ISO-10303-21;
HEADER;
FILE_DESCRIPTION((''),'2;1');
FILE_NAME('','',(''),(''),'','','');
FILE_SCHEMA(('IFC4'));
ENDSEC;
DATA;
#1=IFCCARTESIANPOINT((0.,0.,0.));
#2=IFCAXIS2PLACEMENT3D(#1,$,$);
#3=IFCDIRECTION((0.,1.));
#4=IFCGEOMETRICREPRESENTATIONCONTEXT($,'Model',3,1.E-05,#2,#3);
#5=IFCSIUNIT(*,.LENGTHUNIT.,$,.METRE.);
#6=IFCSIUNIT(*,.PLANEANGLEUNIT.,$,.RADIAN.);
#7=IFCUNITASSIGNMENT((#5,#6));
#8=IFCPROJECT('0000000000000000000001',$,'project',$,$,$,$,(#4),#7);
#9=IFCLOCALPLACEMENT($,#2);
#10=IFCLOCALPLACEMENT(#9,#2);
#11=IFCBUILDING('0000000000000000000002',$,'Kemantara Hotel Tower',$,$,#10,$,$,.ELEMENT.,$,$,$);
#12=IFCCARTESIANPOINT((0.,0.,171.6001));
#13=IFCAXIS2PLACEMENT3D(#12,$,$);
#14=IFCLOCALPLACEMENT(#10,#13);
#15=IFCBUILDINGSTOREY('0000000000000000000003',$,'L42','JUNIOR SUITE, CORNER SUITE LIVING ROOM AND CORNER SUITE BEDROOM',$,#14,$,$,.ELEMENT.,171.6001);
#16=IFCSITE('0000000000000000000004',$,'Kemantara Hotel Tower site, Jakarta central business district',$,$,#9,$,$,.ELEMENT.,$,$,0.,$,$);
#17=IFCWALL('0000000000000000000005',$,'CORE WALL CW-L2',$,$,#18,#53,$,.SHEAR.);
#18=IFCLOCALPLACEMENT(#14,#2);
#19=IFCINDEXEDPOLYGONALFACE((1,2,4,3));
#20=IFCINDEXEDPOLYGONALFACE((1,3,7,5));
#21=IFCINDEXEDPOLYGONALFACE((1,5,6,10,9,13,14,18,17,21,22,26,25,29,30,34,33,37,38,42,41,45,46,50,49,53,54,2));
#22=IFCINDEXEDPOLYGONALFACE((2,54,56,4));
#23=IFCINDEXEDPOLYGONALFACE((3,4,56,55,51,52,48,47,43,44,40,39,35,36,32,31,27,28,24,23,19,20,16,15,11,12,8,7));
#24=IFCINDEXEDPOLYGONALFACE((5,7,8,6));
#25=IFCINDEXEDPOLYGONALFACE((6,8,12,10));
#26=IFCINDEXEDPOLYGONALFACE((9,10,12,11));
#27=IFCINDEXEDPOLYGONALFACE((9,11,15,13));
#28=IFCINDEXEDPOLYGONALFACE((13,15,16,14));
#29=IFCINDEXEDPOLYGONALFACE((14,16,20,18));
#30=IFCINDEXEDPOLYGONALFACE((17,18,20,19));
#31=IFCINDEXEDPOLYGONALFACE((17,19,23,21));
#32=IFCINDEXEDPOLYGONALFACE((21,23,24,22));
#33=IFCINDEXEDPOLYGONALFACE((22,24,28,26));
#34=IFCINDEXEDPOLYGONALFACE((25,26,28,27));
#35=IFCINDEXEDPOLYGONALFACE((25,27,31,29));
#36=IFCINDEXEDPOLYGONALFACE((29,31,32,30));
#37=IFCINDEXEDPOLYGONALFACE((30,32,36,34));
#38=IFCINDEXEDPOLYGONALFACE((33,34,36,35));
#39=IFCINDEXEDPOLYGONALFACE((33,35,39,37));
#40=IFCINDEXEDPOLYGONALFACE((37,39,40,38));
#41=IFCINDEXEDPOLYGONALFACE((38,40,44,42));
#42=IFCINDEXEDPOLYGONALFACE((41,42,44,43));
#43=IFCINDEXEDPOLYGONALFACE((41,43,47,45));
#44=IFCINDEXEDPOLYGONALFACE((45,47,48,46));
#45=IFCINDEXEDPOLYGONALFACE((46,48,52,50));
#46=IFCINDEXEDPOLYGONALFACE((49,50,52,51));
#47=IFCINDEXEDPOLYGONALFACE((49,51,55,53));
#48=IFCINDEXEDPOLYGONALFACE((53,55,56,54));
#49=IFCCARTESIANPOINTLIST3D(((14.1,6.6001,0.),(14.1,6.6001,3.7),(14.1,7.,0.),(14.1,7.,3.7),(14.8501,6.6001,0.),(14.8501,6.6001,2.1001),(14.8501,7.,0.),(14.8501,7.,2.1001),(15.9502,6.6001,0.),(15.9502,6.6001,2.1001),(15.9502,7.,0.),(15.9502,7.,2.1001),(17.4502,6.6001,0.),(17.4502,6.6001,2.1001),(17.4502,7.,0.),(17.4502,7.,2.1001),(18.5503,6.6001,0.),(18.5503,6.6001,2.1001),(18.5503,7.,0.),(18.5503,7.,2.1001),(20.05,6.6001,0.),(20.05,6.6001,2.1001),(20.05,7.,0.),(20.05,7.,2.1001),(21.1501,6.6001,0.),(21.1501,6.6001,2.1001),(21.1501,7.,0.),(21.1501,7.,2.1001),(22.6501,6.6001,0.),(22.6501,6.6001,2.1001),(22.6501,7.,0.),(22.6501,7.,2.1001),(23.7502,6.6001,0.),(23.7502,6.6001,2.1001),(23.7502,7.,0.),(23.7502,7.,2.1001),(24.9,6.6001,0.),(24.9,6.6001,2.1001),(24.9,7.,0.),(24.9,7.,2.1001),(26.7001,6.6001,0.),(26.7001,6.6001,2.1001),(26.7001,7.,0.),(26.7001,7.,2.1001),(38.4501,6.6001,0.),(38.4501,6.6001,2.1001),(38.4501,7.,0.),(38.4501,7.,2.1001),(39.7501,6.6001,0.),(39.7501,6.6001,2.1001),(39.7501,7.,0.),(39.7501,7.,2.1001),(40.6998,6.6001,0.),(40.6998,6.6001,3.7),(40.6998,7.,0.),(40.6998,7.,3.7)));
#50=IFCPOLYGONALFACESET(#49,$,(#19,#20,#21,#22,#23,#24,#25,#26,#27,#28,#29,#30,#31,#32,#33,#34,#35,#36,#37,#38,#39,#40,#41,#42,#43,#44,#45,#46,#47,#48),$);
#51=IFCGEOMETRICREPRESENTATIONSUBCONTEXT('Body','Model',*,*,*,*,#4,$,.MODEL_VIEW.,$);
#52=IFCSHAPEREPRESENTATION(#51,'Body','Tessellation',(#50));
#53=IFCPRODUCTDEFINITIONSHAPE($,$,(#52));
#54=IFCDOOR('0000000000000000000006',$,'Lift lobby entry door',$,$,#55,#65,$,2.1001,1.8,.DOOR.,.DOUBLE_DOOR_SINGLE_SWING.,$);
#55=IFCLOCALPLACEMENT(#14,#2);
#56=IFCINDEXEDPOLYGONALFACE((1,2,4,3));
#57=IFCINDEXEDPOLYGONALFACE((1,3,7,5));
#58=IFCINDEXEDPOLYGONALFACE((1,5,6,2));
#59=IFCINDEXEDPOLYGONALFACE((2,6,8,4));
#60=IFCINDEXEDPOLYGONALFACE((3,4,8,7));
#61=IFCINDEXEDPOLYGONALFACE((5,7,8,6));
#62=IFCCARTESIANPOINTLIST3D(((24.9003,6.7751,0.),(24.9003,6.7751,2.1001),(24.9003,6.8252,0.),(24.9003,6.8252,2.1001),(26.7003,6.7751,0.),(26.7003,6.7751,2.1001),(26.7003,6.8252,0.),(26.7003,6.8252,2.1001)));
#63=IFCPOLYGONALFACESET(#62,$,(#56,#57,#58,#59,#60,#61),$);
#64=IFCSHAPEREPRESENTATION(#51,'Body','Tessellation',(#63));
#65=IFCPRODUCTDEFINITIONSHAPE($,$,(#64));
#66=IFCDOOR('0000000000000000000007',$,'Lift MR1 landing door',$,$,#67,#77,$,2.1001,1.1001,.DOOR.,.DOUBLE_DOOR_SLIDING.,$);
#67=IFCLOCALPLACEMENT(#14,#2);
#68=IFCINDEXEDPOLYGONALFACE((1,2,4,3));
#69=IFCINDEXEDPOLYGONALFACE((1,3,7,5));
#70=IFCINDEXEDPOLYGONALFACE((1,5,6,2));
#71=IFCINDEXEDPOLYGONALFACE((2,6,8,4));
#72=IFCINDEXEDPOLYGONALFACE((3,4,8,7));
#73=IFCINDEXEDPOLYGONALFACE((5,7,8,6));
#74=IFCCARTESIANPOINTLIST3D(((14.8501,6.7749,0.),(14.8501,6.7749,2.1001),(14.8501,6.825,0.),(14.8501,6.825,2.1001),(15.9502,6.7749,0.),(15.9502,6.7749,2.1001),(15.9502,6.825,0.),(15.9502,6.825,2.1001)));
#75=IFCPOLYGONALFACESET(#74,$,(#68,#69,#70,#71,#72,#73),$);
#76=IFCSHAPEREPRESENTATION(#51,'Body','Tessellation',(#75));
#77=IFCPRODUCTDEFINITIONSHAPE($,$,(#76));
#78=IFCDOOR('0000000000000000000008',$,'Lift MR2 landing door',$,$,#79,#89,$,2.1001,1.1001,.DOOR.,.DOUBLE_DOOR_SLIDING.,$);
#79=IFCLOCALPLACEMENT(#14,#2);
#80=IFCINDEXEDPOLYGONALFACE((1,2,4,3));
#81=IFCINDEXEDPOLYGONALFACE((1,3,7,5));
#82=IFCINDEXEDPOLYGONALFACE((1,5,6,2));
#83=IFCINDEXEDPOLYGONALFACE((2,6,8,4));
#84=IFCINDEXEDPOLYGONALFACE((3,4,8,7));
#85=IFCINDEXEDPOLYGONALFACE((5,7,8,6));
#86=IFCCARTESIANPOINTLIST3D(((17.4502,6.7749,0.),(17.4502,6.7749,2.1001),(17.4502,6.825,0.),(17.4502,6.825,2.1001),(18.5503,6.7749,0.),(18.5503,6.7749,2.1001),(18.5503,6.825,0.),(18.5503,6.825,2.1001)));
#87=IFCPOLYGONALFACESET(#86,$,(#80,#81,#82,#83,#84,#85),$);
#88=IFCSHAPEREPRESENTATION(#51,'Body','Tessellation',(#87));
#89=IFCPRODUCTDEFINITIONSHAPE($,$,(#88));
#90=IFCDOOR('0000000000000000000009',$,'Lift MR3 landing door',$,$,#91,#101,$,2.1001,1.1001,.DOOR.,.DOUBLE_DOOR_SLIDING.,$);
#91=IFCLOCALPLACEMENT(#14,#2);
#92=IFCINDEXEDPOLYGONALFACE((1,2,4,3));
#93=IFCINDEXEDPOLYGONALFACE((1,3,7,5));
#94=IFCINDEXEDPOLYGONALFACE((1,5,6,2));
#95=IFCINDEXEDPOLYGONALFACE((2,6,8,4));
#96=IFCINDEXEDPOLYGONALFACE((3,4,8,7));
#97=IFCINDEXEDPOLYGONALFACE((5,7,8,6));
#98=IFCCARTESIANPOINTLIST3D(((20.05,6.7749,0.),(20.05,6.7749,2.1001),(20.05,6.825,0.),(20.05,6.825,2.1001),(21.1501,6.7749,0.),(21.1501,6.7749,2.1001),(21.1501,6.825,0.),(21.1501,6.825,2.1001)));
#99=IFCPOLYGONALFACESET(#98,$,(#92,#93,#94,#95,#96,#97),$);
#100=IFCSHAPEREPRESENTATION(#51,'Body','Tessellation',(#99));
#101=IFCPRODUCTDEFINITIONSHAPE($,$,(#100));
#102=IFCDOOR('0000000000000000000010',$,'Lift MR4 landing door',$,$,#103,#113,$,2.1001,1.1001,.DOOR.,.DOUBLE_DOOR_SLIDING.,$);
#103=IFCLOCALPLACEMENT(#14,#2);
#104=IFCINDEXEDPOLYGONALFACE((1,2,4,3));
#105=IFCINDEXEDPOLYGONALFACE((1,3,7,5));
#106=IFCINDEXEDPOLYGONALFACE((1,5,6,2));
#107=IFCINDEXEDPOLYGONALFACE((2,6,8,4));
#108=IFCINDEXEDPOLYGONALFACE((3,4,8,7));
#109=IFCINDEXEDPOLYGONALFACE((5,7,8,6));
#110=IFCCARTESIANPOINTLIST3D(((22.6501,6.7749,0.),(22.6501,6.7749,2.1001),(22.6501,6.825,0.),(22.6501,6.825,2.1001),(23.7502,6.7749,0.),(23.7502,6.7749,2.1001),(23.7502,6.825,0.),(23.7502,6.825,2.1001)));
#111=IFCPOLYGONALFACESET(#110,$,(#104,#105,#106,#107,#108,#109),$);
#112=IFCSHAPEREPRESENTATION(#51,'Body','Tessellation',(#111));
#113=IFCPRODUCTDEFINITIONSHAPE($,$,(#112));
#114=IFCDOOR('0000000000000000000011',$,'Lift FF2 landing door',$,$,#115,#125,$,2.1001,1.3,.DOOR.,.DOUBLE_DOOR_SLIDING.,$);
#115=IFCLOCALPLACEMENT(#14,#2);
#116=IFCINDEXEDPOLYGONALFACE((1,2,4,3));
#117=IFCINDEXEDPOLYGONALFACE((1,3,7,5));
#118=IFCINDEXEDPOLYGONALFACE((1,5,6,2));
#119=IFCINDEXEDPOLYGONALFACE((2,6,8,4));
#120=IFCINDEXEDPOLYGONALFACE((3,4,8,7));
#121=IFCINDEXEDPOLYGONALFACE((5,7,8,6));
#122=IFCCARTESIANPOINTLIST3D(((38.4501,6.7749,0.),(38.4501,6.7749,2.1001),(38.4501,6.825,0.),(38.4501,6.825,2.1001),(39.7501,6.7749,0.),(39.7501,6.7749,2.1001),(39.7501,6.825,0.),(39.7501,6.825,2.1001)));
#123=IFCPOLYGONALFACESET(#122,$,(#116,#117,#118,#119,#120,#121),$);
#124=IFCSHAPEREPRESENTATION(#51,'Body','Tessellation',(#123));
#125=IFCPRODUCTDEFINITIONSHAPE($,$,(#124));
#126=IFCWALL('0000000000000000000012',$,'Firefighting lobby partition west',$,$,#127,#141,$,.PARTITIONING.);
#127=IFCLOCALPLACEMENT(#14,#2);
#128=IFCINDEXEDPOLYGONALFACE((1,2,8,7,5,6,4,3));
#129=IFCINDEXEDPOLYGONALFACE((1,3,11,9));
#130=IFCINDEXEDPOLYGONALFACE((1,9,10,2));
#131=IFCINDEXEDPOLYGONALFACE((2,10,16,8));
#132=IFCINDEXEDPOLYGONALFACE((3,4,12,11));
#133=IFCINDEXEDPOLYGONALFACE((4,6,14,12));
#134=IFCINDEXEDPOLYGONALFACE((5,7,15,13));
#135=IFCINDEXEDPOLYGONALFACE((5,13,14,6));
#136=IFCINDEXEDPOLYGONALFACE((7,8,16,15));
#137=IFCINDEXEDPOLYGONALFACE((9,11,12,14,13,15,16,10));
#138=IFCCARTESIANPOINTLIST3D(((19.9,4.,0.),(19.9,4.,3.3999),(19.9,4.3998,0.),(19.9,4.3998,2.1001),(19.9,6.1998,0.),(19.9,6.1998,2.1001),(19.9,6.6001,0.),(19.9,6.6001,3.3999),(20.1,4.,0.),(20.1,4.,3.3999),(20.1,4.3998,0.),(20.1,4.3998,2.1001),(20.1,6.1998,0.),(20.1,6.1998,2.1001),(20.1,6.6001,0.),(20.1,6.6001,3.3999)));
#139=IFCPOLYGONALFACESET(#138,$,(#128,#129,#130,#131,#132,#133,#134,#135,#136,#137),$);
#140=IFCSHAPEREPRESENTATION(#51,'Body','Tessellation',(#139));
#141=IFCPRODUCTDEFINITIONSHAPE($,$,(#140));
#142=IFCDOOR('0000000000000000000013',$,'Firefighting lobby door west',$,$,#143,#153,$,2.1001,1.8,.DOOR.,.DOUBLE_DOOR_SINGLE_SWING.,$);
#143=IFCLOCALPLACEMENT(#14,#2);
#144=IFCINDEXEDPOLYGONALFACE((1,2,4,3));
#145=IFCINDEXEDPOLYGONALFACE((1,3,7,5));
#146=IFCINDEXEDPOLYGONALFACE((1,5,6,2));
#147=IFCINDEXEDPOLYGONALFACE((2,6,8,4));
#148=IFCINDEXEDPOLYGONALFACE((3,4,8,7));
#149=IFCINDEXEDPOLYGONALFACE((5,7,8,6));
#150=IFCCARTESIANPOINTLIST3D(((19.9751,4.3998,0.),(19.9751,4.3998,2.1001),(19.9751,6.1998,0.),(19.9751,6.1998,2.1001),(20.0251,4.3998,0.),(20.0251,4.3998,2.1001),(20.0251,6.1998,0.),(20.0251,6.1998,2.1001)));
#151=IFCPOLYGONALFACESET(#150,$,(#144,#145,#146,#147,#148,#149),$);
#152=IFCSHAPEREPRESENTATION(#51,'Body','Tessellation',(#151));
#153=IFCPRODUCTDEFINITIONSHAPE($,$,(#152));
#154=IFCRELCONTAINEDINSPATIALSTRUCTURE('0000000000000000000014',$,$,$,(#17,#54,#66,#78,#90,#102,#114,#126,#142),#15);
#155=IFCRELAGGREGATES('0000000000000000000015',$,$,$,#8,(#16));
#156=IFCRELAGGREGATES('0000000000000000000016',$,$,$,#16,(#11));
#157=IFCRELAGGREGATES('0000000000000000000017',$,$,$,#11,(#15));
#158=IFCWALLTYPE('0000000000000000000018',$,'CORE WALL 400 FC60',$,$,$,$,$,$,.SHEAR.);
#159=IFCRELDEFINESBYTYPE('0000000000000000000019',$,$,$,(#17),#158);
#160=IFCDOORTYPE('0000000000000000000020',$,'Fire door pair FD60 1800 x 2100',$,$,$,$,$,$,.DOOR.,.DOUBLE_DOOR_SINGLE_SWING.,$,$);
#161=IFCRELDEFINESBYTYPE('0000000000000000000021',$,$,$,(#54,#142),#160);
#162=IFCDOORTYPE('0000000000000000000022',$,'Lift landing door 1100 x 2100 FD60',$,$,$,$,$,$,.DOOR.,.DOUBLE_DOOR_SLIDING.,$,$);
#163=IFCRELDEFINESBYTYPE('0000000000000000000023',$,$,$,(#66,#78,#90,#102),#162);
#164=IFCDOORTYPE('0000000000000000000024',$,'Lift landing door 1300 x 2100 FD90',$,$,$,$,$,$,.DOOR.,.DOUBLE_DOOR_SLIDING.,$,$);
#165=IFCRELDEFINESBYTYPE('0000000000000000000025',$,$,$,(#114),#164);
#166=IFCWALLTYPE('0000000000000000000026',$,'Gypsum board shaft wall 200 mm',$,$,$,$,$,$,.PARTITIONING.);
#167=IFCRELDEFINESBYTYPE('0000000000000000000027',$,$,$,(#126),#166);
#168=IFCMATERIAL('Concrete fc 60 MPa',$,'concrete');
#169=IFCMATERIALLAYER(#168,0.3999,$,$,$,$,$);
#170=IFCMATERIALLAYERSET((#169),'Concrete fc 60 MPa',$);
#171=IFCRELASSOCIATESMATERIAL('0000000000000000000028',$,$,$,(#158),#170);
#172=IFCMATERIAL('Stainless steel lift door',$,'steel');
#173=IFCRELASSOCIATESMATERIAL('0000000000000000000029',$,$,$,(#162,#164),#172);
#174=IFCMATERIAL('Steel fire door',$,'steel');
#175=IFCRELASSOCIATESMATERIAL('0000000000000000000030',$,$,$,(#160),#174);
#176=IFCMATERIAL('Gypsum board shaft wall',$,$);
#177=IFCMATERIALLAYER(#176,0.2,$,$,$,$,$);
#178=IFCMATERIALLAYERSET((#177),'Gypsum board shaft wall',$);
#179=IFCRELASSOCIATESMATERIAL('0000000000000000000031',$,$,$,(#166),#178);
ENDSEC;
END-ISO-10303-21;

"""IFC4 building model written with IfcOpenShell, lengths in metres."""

from ifc_helpers import new_model, si_unit, direction, frame, frame_2d, origin, place, context, subcontext, project, spatial, rectangle, extrude, material, layer, layer_set, type_object, element, fill, save


model = new_model("IFC4")

# Units and contexts
model_context = context("Model", 3, precision=1e-05, world=origin(), true_north=direction((0.0, 1.0)))
body_context = subcontext(model_context, "Body", "Model", "MODEL_VIEW")
ifc_project = project(units=[si_unit("LENGTHUNIT", "METRE"), si_unit("PLANEANGLEUNIT", "RADIAN")], contexts=[model_context])

# Site, building, storey
site_placement = place(None, origin())
site = spatial("IfcSite", under=ifc_project, at=site_placement, Name="Kemantara Hotel Tower site, Jakarta central business district", CompositionType="ELEMENT", RefElevation=0.0)
building_placement = place(site_placement, origin())
building = spatial("IfcBuilding", under=site, at=building_placement, Name="Kemantara Hotel Tower", CompositionType="ELEMENT")
storey_placement = place(building_placement, frame((0.0, 0.0, 171.6001)))
storey = spatial("IfcBuildingStorey", under=building, at=storey_placement, Name="L42", Description="JUNIOR SUITE, CORNER SUITE LIVING ROOM AND CORNER SUITE BEDROOM", CompositionType="ELEMENT", Elevation=171.6001)

# Shared definitions
ifc_material_1 = material(Name="Concrete fc 60 MPa", Category="concrete")
ifc_layer_1 = layer(ifc_material_1, 0.3999)
ifc_layer_set_1 = layer_set([ifc_layer_1], Name="Concrete fc 60 MPa")
wall_type_1 = type_object("IfcWallType", Name="CORE WALL 400 FC60", PredefinedType="SHEAR", material=ifc_layer_set_1)

# Wall, openings, doors
ifc_material_2 = material(Name="Steel fire door", Category="steel")
ifc_material_3 = material(Name="Stainless steel lift door", Category="steel")
door_type_1 = type_object("IfcDoorType", Name="Lift landing door 1100 x 2100 FD60", OperationType="DOUBLE_DOOR_SLIDING", PredefinedType="DOOR", material=ifc_material_3)
door_type_2 = type_object("IfcDoorType", Name="Lift landing door 1300 x 2100 FD90", OperationType="DOUBLE_DOOR_SLIDING", PredefinedType="DOOR", material=ifc_material_3)
wall_1_placement = place(storey_placement, frame((14.1001, 6.8, 0.0), z_axis=(0.0, 0.0, 1.0), x_axis=(1.0, 0.0, 0.0)))
wall_1 = element("IfcWall", 1, at=wall_1_placement, inside=storey, type_object=wall_type_1, Name="CORE WALL CW-L2", PredefinedType="SHEAR", context=body_context, shape_type="SweptSolid", body=[
    extrude(rectangle(XDim=26.5999, YDim=0.3999, at=frame_2d((13.2998, 0.0))), origin(), (0.0, 0.0, 1.0), 3.7),
])
opening_1_placement = place(wall_1_placement, frame((10.8, 0.0, 0.0)))
opening_1 = element("IfcOpeningElement", 2, at=opening_1_placement, cuts=wall_1, PredefinedType="OPENING", context=body_context, shape_type="SweptSolid", body=[
    extrude(rectangle(XDim=1.8, YDim=2.1001, at=frame_2d((0.8999, 1.05))), frame((0.0, 0.21, 0.0), z_axis=(0.0, -1.0, 0.0), x_axis=(1.0, 0.0, 0.0)), (0.0, 0.0, 1.0), 0.4199),
])
opening_2_placement = place(wall_1_placement, frame((0.75, 0.0, 0.0)))
opening_2 = element("IfcOpeningElement", 3, at=opening_2_placement, cuts=wall_1, PredefinedType="OPENING", context=body_context, shape_type="SweptSolid", body=[
    extrude(rectangle(XDim=1.1001, YDim=2.1001, at=frame_2d((0.55, 1.05))), frame((0.0, 0.21, 0.0), z_axis=(0.0, -1.0, 0.0), x_axis=(1.0, 0.0, 0.0)), (0.0, 0.0, 1.0), 0.4199),
])
opening_3_placement = place(wall_1_placement, frame((3.3501, 0.0, 0.0)))
opening_3 = element("IfcOpeningElement", 4, at=opening_3_placement, cuts=wall_1, PredefinedType="OPENING", context=body_context, shape_type="SweptSolid", body=[
    extrude(rectangle(XDim=1.1001, YDim=2.1001, at=frame_2d((0.55, 1.05))), frame((0.0, 0.21, 0.0), z_axis=(0.0, -1.0, 0.0), x_axis=(1.0, 0.0, 0.0)), (0.0, 0.0, 1.0), 0.4199),
])
opening_4_placement = place(wall_1_placement, frame((5.95, 0.0, 0.0)))
opening_4 = element("IfcOpeningElement", 5, at=opening_4_placement, cuts=wall_1, PredefinedType="OPENING", context=body_context, shape_type="SweptSolid", body=[
    extrude(rectangle(XDim=1.1001, YDim=2.1001, at=frame_2d((0.55, 1.05))), frame((0.0, 0.21, 0.0), z_axis=(0.0, -1.0, 0.0), x_axis=(1.0, 0.0, 0.0)), (0.0, 0.0, 1.0), 0.4199),
])
opening_5_placement = place(wall_1_placement, frame((8.55, 0.0, 0.0)))
opening_5 = element("IfcOpeningElement", 6, at=opening_5_placement, cuts=wall_1, PredefinedType="OPENING", context=body_context, shape_type="SweptSolid", body=[
    extrude(rectangle(XDim=1.1001, YDim=2.1001, at=frame_2d((0.55, 1.05))), frame((0.0, 0.21, 0.0), z_axis=(0.0, -1.0, 0.0), x_axis=(1.0, 0.0, 0.0)), (0.0, 0.0, 1.0), 0.4199),
])
opening_6_placement = place(wall_1_placement, frame((24.3501, 0.0, 0.0)))
opening_6 = element("IfcOpeningElement", 7, at=opening_6_placement, cuts=wall_1, PredefinedType="OPENING", context=body_context, shape_type="SweptSolid", body=[
    extrude(rectangle(XDim=1.3, YDim=2.1001, at=frame_2d((0.6499, 1.05))), frame((0.0, 0.21, 0.0), z_axis=(0.0, -1.0, 0.0), x_axis=(1.0, 0.0, 0.0)), (0.0, 0.0, 1.0), 0.4199),
])
door_type_3 = type_object("IfcDoorType", Name="Fire door pair FD60 1800 x 2100", OperationType="DOUBLE_DOOR_SINGLE_SWING", PredefinedType="DOOR", material=ifc_material_2)
door_1_placement = place(opening_1_placement, frame((1.8, 0.0, 0.0), z_axis=(0.0, 0.0, 1.0), x_axis=(-1.0, 0.0, 0.0)))
door_1 = element("IfcDoor", 8, at=door_1_placement, inside=storey, type_object=door_type_3, Name="Lift lobby entry door", OperationType="DOUBLE_DOOR_SINGLE_SWING", OverallHeight=2.1001, OverallWidth=1.8, PredefinedType="DOOR", context=body_context, shape_type="SweptSolid", body=[
    extrude(rectangle(XDim=1.8, YDim=2.1001, at=frame_2d((0.8999, 1.05))), frame((0.0, 0.0249, 0.0), z_axis=(0.0, -1.0, 0.0), x_axis=(1.0, 0.0, 0.0)), (0.0, 0.0, 1.0), 0.05),
])
fill(opening_1, door_1)
door_2_placement = place(opening_2_placement, origin())
door_2 = element("IfcDoor", 9, at=door_2_placement, inside=storey, type_object=door_type_1, Name="Lift MR1 landing door", OperationType="DOUBLE_DOOR_SLIDING", OverallHeight=2.1001, OverallWidth=1.1001, PredefinedType="DOOR", context=body_context, shape_type="SweptSolid", body=[
    extrude(rectangle(XDim=1.1001, YDim=2.1001, at=frame_2d((0.55, 1.05))), frame((0.0, 0.0249, 0.0), z_axis=(0.0, -1.0, 0.0), x_axis=(1.0, 0.0, 0.0)), (0.0, 0.0, 1.0), 0.05),
])
fill(opening_2, door_2)
door_3_placement = place(opening_3_placement, origin())
door_3 = element("IfcDoor", 10, at=door_3_placement, inside=storey, type_object=door_type_1, Name="Lift MR2 landing door", OperationType="DOUBLE_DOOR_SLIDING", OverallHeight=2.1001, OverallWidth=1.1001, PredefinedType="DOOR", context=body_context, shape_type="SweptSolid", body=[
    extrude(rectangle(XDim=1.1001, YDim=2.1001, at=frame_2d((0.55, 1.05))), frame((0.0, 0.0249, 0.0), z_axis=(0.0, -1.0, 0.0), x_axis=(1.0, 0.0, 0.0)), (0.0, 0.0, 1.0), 0.05),
])
fill(opening_3, door_3)
door_4_placement = place(opening_4_placement, origin())
door_4 = element("IfcDoor", 11, at=door_4_placement, inside=storey, type_object=door_type_1, Name="Lift MR3 landing door", OperationType="DOUBLE_DOOR_SLIDING", OverallHeight=2.1001, OverallWidth=1.1001, PredefinedType="DOOR", context=body_context, shape_type="SweptSolid", body=[
    extrude(rectangle(XDim=1.1001, YDim=2.1001, at=frame_2d((0.55, 1.05))), frame((0.0, 0.0249, 0.0), z_axis=(0.0, -1.0, 0.0), x_axis=(1.0, 0.0, 0.0)), (0.0, 0.0, 1.0), 0.05),
])
fill(opening_4, door_4)
door_5_placement = place(opening_5_placement, origin())
door_5 = element("IfcDoor", 12, at=door_5_placement, inside=storey, type_object=door_type_1, Name="Lift MR4 landing door", OperationType="DOUBLE_DOOR_SLIDING", OverallHeight=2.1001, OverallWidth=1.1001, PredefinedType="DOOR", context=body_context, shape_type="SweptSolid", body=[
    extrude(rectangle(XDim=1.1001, YDim=2.1001, at=frame_2d((0.55, 1.05))), frame((0.0, 0.0249, 0.0), z_axis=(0.0, -1.0, 0.0), x_axis=(1.0, 0.0, 0.0)), (0.0, 0.0, 1.0), 0.05),
])
fill(opening_5, door_5)
door_6_placement = place(opening_6_placement, origin())
door_6 = element("IfcDoor", 13, at=door_6_placement, inside=storey, type_object=door_type_2, Name="Lift FF2 landing door", OperationType="DOUBLE_DOOR_SLIDING", OverallHeight=2.1001, OverallWidth=1.3, PredefinedType="DOOR", context=body_context, shape_type="SweptSolid", body=[
    extrude(rectangle(XDim=1.3, YDim=2.1001, at=frame_2d((0.6499, 1.05))), frame((0.0, 0.0249, 0.0), z_axis=(0.0, -1.0, 0.0), x_axis=(1.0, 0.0, 0.0)), (0.0, 0.0, 1.0), 0.05),
])
fill(opening_6, door_6)

# Wall, opening, door
ifc_material_4 = material(Name="Gypsum board shaft wall")
ifc_layer_2 = layer(ifc_material_4, 0.2)
ifc_layer_set_2 = layer_set([ifc_layer_2], Name="Gypsum board shaft wall")
wall_type_2 = type_object("IfcWallType", Name="Gypsum board shaft wall 200 mm", PredefinedType="PARTITIONING", material=ifc_layer_set_2)
wall_2_placement = place(storey_placement, frame((20.0, 4.0, 0.0), z_axis=(0.0, 0.0, 1.0), x_axis=(0.0, 1.0, 0.0)))
wall_2 = element("IfcWall", 14, at=wall_2_placement, inside=storey, type_object=wall_type_2, Name="Firefighting lobby partition west", PredefinedType="PARTITIONING", context=body_context, shape_type="SweptSolid", body=[
    extrude(rectangle(XDim=2.6001, YDim=0.2, at=frame_2d((1.3, 0.0))), origin(), (0.0, 0.0, 1.0), 3.3999),
])
opening_7_placement = place(wall_2_placement, frame((0.3999, 0.0, 0.0)))
opening_7 = element("IfcOpeningElement", 15, at=opening_7_placement, cuts=wall_2, PredefinedType="OPENING", context=body_context, shape_type="SweptSolid", body=[
    extrude(rectangle(XDim=1.8, YDim=2.1001, at=frame_2d((0.8999, 1.05))), frame((0.0, 0.1099, 0.0), z_axis=(0.0, -1.0, 0.0), x_axis=(1.0, 0.0, 0.0)), (0.0, 0.0, 1.0), 0.22),
])
door_7_placement = place(opening_7_placement, origin())
door_7 = element("IfcDoor", 16, at=door_7_placement, inside=storey, type_object=door_type_3, Name="Firefighting lobby door west", OperationType="DOUBLE_DOOR_SINGLE_SWING", OverallHeight=2.1001, OverallWidth=1.8, PredefinedType="DOOR", context=body_context, shape_type="SweptSolid", body=[
    extrude(rectangle(XDim=1.8, YDim=2.1001, at=frame_2d((0.8999, 1.05))), frame((0.0, 0.0249, 0.0), z_axis=(0.0, -1.0, 0.0), x_axis=(1.0, 0.0, 0.0)), (0.0, 0.0, 1.0), 0.05),
])
fill(opening_7, door_7)

save(model, "model.ifc")
